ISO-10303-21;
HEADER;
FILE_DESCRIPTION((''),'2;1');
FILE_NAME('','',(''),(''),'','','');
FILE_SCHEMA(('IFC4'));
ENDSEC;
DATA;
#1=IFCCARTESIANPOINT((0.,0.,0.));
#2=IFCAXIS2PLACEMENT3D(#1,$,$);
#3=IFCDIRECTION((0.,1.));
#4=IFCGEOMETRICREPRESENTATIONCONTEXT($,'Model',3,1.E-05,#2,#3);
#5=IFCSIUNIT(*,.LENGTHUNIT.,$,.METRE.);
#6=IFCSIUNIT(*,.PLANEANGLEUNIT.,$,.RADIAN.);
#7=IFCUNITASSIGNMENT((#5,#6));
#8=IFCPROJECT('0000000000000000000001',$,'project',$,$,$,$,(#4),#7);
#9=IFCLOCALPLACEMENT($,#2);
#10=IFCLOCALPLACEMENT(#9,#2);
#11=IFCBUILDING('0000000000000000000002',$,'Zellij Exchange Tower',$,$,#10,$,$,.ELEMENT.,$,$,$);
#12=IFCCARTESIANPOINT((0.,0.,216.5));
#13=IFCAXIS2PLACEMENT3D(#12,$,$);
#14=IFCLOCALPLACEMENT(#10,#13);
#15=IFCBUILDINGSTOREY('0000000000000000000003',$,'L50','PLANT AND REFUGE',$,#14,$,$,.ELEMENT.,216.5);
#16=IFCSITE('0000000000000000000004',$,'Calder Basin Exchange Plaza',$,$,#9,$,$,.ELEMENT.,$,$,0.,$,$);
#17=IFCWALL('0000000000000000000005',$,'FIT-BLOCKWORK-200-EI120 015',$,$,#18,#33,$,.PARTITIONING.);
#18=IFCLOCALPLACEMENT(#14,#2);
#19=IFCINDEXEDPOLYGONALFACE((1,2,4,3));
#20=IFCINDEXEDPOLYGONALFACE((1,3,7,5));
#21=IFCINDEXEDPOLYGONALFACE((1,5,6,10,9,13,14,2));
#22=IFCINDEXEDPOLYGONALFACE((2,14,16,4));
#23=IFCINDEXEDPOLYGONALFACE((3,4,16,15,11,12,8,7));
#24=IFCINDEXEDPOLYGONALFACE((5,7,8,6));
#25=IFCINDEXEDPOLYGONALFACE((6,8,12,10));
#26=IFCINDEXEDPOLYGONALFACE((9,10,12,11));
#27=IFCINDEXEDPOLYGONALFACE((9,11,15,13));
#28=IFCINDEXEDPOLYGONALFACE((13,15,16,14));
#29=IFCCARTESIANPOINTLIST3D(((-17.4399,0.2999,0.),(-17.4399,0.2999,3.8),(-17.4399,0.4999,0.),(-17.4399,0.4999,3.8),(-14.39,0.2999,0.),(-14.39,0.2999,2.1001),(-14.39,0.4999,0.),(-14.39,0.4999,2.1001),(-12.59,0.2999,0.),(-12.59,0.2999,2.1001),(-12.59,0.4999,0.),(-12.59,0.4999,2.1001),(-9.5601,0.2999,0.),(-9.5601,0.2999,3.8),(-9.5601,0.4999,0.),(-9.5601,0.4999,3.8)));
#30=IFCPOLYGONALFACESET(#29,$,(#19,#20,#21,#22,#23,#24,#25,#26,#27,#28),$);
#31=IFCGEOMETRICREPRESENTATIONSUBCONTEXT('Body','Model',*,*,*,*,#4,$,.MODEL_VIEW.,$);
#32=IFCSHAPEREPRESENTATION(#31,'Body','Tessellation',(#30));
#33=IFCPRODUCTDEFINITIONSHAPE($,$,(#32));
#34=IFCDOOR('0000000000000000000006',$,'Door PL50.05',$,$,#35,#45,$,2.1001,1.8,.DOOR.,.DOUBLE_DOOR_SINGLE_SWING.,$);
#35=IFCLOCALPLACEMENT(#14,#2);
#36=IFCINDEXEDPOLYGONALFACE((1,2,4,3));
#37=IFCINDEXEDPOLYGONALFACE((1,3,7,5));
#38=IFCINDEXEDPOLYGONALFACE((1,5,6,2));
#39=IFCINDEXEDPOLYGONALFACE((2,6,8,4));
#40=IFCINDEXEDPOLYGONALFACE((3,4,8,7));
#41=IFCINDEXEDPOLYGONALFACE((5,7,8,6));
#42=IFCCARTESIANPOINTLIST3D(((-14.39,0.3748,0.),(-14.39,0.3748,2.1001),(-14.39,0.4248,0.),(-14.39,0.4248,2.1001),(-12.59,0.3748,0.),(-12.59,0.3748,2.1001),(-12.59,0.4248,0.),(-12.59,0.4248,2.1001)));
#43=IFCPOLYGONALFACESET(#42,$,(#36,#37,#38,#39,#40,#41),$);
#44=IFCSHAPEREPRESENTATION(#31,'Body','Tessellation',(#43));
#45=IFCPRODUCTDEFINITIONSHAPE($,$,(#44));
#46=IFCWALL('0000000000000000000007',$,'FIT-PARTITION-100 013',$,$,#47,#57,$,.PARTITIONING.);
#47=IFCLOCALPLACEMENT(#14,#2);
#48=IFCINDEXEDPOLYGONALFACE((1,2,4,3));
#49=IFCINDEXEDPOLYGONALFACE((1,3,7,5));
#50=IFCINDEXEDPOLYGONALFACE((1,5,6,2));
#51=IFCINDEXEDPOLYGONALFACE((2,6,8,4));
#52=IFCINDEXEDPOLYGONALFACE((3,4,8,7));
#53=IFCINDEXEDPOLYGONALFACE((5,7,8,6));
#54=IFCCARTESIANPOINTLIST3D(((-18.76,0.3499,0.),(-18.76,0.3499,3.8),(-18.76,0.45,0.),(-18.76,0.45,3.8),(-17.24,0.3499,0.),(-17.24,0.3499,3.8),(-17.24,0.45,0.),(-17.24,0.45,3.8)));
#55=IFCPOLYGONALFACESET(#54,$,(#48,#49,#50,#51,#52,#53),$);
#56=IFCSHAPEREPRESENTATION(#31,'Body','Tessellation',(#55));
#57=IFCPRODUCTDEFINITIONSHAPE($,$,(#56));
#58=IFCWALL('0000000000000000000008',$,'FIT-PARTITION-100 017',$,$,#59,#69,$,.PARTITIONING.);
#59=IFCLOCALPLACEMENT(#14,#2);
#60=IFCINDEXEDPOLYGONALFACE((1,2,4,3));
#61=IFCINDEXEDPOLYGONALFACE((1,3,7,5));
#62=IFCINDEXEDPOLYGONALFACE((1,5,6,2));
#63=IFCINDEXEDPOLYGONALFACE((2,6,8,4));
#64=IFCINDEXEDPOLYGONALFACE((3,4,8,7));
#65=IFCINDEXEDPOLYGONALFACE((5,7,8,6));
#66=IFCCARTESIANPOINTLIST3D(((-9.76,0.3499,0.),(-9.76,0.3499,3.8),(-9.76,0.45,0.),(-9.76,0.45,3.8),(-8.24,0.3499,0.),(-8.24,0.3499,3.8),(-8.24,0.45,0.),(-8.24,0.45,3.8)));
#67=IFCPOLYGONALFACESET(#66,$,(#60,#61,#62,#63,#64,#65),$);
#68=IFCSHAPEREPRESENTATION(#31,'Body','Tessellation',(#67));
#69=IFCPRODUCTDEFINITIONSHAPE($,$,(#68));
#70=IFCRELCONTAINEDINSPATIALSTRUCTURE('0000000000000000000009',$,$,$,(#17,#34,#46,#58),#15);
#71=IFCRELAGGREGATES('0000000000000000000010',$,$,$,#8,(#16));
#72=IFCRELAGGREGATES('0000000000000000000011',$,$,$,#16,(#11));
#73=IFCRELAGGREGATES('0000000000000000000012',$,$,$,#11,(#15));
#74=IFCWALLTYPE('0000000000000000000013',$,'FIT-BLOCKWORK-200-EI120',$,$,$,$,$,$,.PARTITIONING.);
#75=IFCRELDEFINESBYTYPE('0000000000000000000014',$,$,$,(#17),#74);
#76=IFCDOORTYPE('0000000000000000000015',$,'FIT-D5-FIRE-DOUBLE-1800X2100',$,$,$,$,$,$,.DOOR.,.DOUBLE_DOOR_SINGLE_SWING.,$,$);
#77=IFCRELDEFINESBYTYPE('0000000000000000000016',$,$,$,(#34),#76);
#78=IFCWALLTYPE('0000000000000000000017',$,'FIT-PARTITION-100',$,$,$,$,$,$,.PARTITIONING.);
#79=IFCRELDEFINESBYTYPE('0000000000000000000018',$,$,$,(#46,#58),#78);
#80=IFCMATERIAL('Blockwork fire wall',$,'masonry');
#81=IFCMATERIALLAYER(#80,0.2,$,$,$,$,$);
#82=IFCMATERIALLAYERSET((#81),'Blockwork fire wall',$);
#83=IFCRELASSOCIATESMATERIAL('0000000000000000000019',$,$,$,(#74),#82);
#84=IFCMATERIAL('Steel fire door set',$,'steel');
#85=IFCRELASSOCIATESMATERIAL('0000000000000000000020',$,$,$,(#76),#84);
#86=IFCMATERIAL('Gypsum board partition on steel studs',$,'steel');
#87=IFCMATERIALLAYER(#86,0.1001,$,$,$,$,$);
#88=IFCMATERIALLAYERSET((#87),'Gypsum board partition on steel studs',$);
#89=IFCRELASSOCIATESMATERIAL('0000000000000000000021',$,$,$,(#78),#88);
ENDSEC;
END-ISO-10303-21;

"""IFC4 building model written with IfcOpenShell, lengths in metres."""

from ifc_helpers import new_model, si_unit, direction, frame, frame_2d, origin, place, context, subcontext, project, spatial, rectangle, extrude, material, layer, layer_set, type_object, element, fill, save


model = new_model("IFC4")

# Units and contexts
model_context = context("Model", 3, precision=1e-05, world=origin(), true_north=direction((0.0, 1.0)))
body_context = subcontext(model_context, "Body", "Model", "MODEL_VIEW")
ifc_project = project(units=[si_unit("LENGTHUNIT", "METRE"), si_unit("PLANEANGLEUNIT", "RADIAN")], contexts=[model_context])

# Site, building, storey
site_placement = place(None, origin())
site = spatial("IfcSite", under=ifc_project, at=site_placement, Name="Calder Basin Exchange Plaza", CompositionType="ELEMENT", RefElevation=0.0)
building_placement = place(site_placement, origin())
building = spatial("IfcBuilding", under=site, at=building_placement, Name="Zellij Exchange Tower", CompositionType="ELEMENT")
storey_placement = place(building_placement, frame((0.0, 0.0, 216.5)))
storey = spatial("IfcBuildingStorey", under=building, at=storey_placement, Name="L50", Description="PLANT AND REFUGE", CompositionType="ELEMENT", Elevation=216.5)

# Shared definitions
ifc_material_1 = material(Name="Blockwork fire wall", Category="masonry")
ifc_layer_1 = layer(ifc_material_1, 0.2)
ifc_layer_set_1 = layer_set([ifc_layer_1], Name="Blockwork fire wall")
wall_type_1 = type_object("IfcWallType", Name="FIT-BLOCKWORK-200-EI120", PredefinedType="PARTITIONING", material=ifc_layer_set_1)

# Wall, opening, door
wall_1_placement = place(storey_placement, frame((-17.4399, 0.3999, 0.0), z_axis=(0.0, 0.0, 1.0), x_axis=(1.0, 0.0, 0.0)))
wall_1 = element("IfcWall", 1, at=wall_1_placement, inside=storey, type_object=wall_type_1, Name="FIT-BLOCKWORK-200-EI120 015", PredefinedType="PARTITIONING", context=body_context, shape_type="SweptSolid", body=[
    extrude(rectangle(XDim=7.8799, YDim=0.2, at=frame_2d((3.9399, 0.0))), origin(), (0.0, 0.0, 1.0), 3.8),
])
opening_1_placement = place(wall_1_placement, frame((3.05, 0.0, 0.0)))
opening_1 = element("IfcOpeningElement", 2, at=opening_1_placement, cuts=wall_1, PredefinedType="OPENING", context=body_context, shape_type="SweptSolid", body=[
    extrude(rectangle(XDim=1.8, YDim=2.1001, at=frame_2d((0.8999, 1.05))), frame((0.0, 0.1118, 0.0), z_axis=(0.0, -1.0, 0.0), x_axis=(1.0, 0.0, 0.0)), (0.0, 0.0, 1.0), 0.2239),
])
ifc_material_2 = material(Name="Steel fire door set", Category="steel")
door_type_1 = type_object("IfcDoorType", Name="FIT-D5-FIRE-DOUBLE-1800X2100", OperationType="DOUBLE_DOOR_SINGLE_SWING", PredefinedType="DOOR", material=ifc_material_2)
door_1_placement = place(opening_1_placement, origin())
door_1 = element("IfcDoor", 3, at=door_1_placement, inside=storey, type_object=door_type_1, Name="Door PL50.05", OperationType="DOUBLE_DOOR_SINGLE_SWING", OverallHeight=2.1001, OverallWidth=1.8, PredefinedType="DOOR", context=body_context, shape_type="SweptSolid", body=[
    extrude(rectangle(XDim=1.8, YDim=2.1001, at=frame_2d((0.8999, 1.05))), frame((0.0, 0.0249, 0.0), z_axis=(0.0, -1.0, 0.0), x_axis=(1.0, 0.0, 0.0)), (0.0, 0.0, 1.0), 0.05),
])
fill(opening_1, door_1)

# Walls
ifc_material_3 = material(Name="Gypsum board partition on steel studs", Category="steel")
ifc_layer_2 = layer(ifc_material_3, 0.1001)
ifc_layer_set_2 = layer_set([ifc_layer_2], Name="Gypsum board partition on steel studs")
wall_type_2 = type_object("IfcWallType", Name="FIT-PARTITION-100", PredefinedType="PARTITIONING", material=ifc_layer_set_2)
for number, where, z_axis, x_axis, name in (
    (4, (-18.76, 0.3999, 0.0), (0.0, 0.0, 1.0), (1.0, 0.0, 0.0), "FIT-PARTITION-100 013"),
    (5, (-9.76, 0.3999, 0.0), (0.0, 0.0, 1.0), (1.0, 0.0, 0.0), "FIT-PARTITION-100 017"),
):
    element("IfcWall", number, at=place(storey_placement, frame(where, z_axis=z_axis, x_axis=x_axis)), inside=storey, type_object=wall_type_2, Name=name, PredefinedType="PARTITIONING", context=body_context, shape_type="SweptSolid", body=[
        extrude(rectangle(XDim=1.52, YDim=0.1001, at=frame_2d((0.76, 0.0))), origin(), (0.0, 0.0, 1.0), 3.8),
    ])

save(model, "model.ifc")
